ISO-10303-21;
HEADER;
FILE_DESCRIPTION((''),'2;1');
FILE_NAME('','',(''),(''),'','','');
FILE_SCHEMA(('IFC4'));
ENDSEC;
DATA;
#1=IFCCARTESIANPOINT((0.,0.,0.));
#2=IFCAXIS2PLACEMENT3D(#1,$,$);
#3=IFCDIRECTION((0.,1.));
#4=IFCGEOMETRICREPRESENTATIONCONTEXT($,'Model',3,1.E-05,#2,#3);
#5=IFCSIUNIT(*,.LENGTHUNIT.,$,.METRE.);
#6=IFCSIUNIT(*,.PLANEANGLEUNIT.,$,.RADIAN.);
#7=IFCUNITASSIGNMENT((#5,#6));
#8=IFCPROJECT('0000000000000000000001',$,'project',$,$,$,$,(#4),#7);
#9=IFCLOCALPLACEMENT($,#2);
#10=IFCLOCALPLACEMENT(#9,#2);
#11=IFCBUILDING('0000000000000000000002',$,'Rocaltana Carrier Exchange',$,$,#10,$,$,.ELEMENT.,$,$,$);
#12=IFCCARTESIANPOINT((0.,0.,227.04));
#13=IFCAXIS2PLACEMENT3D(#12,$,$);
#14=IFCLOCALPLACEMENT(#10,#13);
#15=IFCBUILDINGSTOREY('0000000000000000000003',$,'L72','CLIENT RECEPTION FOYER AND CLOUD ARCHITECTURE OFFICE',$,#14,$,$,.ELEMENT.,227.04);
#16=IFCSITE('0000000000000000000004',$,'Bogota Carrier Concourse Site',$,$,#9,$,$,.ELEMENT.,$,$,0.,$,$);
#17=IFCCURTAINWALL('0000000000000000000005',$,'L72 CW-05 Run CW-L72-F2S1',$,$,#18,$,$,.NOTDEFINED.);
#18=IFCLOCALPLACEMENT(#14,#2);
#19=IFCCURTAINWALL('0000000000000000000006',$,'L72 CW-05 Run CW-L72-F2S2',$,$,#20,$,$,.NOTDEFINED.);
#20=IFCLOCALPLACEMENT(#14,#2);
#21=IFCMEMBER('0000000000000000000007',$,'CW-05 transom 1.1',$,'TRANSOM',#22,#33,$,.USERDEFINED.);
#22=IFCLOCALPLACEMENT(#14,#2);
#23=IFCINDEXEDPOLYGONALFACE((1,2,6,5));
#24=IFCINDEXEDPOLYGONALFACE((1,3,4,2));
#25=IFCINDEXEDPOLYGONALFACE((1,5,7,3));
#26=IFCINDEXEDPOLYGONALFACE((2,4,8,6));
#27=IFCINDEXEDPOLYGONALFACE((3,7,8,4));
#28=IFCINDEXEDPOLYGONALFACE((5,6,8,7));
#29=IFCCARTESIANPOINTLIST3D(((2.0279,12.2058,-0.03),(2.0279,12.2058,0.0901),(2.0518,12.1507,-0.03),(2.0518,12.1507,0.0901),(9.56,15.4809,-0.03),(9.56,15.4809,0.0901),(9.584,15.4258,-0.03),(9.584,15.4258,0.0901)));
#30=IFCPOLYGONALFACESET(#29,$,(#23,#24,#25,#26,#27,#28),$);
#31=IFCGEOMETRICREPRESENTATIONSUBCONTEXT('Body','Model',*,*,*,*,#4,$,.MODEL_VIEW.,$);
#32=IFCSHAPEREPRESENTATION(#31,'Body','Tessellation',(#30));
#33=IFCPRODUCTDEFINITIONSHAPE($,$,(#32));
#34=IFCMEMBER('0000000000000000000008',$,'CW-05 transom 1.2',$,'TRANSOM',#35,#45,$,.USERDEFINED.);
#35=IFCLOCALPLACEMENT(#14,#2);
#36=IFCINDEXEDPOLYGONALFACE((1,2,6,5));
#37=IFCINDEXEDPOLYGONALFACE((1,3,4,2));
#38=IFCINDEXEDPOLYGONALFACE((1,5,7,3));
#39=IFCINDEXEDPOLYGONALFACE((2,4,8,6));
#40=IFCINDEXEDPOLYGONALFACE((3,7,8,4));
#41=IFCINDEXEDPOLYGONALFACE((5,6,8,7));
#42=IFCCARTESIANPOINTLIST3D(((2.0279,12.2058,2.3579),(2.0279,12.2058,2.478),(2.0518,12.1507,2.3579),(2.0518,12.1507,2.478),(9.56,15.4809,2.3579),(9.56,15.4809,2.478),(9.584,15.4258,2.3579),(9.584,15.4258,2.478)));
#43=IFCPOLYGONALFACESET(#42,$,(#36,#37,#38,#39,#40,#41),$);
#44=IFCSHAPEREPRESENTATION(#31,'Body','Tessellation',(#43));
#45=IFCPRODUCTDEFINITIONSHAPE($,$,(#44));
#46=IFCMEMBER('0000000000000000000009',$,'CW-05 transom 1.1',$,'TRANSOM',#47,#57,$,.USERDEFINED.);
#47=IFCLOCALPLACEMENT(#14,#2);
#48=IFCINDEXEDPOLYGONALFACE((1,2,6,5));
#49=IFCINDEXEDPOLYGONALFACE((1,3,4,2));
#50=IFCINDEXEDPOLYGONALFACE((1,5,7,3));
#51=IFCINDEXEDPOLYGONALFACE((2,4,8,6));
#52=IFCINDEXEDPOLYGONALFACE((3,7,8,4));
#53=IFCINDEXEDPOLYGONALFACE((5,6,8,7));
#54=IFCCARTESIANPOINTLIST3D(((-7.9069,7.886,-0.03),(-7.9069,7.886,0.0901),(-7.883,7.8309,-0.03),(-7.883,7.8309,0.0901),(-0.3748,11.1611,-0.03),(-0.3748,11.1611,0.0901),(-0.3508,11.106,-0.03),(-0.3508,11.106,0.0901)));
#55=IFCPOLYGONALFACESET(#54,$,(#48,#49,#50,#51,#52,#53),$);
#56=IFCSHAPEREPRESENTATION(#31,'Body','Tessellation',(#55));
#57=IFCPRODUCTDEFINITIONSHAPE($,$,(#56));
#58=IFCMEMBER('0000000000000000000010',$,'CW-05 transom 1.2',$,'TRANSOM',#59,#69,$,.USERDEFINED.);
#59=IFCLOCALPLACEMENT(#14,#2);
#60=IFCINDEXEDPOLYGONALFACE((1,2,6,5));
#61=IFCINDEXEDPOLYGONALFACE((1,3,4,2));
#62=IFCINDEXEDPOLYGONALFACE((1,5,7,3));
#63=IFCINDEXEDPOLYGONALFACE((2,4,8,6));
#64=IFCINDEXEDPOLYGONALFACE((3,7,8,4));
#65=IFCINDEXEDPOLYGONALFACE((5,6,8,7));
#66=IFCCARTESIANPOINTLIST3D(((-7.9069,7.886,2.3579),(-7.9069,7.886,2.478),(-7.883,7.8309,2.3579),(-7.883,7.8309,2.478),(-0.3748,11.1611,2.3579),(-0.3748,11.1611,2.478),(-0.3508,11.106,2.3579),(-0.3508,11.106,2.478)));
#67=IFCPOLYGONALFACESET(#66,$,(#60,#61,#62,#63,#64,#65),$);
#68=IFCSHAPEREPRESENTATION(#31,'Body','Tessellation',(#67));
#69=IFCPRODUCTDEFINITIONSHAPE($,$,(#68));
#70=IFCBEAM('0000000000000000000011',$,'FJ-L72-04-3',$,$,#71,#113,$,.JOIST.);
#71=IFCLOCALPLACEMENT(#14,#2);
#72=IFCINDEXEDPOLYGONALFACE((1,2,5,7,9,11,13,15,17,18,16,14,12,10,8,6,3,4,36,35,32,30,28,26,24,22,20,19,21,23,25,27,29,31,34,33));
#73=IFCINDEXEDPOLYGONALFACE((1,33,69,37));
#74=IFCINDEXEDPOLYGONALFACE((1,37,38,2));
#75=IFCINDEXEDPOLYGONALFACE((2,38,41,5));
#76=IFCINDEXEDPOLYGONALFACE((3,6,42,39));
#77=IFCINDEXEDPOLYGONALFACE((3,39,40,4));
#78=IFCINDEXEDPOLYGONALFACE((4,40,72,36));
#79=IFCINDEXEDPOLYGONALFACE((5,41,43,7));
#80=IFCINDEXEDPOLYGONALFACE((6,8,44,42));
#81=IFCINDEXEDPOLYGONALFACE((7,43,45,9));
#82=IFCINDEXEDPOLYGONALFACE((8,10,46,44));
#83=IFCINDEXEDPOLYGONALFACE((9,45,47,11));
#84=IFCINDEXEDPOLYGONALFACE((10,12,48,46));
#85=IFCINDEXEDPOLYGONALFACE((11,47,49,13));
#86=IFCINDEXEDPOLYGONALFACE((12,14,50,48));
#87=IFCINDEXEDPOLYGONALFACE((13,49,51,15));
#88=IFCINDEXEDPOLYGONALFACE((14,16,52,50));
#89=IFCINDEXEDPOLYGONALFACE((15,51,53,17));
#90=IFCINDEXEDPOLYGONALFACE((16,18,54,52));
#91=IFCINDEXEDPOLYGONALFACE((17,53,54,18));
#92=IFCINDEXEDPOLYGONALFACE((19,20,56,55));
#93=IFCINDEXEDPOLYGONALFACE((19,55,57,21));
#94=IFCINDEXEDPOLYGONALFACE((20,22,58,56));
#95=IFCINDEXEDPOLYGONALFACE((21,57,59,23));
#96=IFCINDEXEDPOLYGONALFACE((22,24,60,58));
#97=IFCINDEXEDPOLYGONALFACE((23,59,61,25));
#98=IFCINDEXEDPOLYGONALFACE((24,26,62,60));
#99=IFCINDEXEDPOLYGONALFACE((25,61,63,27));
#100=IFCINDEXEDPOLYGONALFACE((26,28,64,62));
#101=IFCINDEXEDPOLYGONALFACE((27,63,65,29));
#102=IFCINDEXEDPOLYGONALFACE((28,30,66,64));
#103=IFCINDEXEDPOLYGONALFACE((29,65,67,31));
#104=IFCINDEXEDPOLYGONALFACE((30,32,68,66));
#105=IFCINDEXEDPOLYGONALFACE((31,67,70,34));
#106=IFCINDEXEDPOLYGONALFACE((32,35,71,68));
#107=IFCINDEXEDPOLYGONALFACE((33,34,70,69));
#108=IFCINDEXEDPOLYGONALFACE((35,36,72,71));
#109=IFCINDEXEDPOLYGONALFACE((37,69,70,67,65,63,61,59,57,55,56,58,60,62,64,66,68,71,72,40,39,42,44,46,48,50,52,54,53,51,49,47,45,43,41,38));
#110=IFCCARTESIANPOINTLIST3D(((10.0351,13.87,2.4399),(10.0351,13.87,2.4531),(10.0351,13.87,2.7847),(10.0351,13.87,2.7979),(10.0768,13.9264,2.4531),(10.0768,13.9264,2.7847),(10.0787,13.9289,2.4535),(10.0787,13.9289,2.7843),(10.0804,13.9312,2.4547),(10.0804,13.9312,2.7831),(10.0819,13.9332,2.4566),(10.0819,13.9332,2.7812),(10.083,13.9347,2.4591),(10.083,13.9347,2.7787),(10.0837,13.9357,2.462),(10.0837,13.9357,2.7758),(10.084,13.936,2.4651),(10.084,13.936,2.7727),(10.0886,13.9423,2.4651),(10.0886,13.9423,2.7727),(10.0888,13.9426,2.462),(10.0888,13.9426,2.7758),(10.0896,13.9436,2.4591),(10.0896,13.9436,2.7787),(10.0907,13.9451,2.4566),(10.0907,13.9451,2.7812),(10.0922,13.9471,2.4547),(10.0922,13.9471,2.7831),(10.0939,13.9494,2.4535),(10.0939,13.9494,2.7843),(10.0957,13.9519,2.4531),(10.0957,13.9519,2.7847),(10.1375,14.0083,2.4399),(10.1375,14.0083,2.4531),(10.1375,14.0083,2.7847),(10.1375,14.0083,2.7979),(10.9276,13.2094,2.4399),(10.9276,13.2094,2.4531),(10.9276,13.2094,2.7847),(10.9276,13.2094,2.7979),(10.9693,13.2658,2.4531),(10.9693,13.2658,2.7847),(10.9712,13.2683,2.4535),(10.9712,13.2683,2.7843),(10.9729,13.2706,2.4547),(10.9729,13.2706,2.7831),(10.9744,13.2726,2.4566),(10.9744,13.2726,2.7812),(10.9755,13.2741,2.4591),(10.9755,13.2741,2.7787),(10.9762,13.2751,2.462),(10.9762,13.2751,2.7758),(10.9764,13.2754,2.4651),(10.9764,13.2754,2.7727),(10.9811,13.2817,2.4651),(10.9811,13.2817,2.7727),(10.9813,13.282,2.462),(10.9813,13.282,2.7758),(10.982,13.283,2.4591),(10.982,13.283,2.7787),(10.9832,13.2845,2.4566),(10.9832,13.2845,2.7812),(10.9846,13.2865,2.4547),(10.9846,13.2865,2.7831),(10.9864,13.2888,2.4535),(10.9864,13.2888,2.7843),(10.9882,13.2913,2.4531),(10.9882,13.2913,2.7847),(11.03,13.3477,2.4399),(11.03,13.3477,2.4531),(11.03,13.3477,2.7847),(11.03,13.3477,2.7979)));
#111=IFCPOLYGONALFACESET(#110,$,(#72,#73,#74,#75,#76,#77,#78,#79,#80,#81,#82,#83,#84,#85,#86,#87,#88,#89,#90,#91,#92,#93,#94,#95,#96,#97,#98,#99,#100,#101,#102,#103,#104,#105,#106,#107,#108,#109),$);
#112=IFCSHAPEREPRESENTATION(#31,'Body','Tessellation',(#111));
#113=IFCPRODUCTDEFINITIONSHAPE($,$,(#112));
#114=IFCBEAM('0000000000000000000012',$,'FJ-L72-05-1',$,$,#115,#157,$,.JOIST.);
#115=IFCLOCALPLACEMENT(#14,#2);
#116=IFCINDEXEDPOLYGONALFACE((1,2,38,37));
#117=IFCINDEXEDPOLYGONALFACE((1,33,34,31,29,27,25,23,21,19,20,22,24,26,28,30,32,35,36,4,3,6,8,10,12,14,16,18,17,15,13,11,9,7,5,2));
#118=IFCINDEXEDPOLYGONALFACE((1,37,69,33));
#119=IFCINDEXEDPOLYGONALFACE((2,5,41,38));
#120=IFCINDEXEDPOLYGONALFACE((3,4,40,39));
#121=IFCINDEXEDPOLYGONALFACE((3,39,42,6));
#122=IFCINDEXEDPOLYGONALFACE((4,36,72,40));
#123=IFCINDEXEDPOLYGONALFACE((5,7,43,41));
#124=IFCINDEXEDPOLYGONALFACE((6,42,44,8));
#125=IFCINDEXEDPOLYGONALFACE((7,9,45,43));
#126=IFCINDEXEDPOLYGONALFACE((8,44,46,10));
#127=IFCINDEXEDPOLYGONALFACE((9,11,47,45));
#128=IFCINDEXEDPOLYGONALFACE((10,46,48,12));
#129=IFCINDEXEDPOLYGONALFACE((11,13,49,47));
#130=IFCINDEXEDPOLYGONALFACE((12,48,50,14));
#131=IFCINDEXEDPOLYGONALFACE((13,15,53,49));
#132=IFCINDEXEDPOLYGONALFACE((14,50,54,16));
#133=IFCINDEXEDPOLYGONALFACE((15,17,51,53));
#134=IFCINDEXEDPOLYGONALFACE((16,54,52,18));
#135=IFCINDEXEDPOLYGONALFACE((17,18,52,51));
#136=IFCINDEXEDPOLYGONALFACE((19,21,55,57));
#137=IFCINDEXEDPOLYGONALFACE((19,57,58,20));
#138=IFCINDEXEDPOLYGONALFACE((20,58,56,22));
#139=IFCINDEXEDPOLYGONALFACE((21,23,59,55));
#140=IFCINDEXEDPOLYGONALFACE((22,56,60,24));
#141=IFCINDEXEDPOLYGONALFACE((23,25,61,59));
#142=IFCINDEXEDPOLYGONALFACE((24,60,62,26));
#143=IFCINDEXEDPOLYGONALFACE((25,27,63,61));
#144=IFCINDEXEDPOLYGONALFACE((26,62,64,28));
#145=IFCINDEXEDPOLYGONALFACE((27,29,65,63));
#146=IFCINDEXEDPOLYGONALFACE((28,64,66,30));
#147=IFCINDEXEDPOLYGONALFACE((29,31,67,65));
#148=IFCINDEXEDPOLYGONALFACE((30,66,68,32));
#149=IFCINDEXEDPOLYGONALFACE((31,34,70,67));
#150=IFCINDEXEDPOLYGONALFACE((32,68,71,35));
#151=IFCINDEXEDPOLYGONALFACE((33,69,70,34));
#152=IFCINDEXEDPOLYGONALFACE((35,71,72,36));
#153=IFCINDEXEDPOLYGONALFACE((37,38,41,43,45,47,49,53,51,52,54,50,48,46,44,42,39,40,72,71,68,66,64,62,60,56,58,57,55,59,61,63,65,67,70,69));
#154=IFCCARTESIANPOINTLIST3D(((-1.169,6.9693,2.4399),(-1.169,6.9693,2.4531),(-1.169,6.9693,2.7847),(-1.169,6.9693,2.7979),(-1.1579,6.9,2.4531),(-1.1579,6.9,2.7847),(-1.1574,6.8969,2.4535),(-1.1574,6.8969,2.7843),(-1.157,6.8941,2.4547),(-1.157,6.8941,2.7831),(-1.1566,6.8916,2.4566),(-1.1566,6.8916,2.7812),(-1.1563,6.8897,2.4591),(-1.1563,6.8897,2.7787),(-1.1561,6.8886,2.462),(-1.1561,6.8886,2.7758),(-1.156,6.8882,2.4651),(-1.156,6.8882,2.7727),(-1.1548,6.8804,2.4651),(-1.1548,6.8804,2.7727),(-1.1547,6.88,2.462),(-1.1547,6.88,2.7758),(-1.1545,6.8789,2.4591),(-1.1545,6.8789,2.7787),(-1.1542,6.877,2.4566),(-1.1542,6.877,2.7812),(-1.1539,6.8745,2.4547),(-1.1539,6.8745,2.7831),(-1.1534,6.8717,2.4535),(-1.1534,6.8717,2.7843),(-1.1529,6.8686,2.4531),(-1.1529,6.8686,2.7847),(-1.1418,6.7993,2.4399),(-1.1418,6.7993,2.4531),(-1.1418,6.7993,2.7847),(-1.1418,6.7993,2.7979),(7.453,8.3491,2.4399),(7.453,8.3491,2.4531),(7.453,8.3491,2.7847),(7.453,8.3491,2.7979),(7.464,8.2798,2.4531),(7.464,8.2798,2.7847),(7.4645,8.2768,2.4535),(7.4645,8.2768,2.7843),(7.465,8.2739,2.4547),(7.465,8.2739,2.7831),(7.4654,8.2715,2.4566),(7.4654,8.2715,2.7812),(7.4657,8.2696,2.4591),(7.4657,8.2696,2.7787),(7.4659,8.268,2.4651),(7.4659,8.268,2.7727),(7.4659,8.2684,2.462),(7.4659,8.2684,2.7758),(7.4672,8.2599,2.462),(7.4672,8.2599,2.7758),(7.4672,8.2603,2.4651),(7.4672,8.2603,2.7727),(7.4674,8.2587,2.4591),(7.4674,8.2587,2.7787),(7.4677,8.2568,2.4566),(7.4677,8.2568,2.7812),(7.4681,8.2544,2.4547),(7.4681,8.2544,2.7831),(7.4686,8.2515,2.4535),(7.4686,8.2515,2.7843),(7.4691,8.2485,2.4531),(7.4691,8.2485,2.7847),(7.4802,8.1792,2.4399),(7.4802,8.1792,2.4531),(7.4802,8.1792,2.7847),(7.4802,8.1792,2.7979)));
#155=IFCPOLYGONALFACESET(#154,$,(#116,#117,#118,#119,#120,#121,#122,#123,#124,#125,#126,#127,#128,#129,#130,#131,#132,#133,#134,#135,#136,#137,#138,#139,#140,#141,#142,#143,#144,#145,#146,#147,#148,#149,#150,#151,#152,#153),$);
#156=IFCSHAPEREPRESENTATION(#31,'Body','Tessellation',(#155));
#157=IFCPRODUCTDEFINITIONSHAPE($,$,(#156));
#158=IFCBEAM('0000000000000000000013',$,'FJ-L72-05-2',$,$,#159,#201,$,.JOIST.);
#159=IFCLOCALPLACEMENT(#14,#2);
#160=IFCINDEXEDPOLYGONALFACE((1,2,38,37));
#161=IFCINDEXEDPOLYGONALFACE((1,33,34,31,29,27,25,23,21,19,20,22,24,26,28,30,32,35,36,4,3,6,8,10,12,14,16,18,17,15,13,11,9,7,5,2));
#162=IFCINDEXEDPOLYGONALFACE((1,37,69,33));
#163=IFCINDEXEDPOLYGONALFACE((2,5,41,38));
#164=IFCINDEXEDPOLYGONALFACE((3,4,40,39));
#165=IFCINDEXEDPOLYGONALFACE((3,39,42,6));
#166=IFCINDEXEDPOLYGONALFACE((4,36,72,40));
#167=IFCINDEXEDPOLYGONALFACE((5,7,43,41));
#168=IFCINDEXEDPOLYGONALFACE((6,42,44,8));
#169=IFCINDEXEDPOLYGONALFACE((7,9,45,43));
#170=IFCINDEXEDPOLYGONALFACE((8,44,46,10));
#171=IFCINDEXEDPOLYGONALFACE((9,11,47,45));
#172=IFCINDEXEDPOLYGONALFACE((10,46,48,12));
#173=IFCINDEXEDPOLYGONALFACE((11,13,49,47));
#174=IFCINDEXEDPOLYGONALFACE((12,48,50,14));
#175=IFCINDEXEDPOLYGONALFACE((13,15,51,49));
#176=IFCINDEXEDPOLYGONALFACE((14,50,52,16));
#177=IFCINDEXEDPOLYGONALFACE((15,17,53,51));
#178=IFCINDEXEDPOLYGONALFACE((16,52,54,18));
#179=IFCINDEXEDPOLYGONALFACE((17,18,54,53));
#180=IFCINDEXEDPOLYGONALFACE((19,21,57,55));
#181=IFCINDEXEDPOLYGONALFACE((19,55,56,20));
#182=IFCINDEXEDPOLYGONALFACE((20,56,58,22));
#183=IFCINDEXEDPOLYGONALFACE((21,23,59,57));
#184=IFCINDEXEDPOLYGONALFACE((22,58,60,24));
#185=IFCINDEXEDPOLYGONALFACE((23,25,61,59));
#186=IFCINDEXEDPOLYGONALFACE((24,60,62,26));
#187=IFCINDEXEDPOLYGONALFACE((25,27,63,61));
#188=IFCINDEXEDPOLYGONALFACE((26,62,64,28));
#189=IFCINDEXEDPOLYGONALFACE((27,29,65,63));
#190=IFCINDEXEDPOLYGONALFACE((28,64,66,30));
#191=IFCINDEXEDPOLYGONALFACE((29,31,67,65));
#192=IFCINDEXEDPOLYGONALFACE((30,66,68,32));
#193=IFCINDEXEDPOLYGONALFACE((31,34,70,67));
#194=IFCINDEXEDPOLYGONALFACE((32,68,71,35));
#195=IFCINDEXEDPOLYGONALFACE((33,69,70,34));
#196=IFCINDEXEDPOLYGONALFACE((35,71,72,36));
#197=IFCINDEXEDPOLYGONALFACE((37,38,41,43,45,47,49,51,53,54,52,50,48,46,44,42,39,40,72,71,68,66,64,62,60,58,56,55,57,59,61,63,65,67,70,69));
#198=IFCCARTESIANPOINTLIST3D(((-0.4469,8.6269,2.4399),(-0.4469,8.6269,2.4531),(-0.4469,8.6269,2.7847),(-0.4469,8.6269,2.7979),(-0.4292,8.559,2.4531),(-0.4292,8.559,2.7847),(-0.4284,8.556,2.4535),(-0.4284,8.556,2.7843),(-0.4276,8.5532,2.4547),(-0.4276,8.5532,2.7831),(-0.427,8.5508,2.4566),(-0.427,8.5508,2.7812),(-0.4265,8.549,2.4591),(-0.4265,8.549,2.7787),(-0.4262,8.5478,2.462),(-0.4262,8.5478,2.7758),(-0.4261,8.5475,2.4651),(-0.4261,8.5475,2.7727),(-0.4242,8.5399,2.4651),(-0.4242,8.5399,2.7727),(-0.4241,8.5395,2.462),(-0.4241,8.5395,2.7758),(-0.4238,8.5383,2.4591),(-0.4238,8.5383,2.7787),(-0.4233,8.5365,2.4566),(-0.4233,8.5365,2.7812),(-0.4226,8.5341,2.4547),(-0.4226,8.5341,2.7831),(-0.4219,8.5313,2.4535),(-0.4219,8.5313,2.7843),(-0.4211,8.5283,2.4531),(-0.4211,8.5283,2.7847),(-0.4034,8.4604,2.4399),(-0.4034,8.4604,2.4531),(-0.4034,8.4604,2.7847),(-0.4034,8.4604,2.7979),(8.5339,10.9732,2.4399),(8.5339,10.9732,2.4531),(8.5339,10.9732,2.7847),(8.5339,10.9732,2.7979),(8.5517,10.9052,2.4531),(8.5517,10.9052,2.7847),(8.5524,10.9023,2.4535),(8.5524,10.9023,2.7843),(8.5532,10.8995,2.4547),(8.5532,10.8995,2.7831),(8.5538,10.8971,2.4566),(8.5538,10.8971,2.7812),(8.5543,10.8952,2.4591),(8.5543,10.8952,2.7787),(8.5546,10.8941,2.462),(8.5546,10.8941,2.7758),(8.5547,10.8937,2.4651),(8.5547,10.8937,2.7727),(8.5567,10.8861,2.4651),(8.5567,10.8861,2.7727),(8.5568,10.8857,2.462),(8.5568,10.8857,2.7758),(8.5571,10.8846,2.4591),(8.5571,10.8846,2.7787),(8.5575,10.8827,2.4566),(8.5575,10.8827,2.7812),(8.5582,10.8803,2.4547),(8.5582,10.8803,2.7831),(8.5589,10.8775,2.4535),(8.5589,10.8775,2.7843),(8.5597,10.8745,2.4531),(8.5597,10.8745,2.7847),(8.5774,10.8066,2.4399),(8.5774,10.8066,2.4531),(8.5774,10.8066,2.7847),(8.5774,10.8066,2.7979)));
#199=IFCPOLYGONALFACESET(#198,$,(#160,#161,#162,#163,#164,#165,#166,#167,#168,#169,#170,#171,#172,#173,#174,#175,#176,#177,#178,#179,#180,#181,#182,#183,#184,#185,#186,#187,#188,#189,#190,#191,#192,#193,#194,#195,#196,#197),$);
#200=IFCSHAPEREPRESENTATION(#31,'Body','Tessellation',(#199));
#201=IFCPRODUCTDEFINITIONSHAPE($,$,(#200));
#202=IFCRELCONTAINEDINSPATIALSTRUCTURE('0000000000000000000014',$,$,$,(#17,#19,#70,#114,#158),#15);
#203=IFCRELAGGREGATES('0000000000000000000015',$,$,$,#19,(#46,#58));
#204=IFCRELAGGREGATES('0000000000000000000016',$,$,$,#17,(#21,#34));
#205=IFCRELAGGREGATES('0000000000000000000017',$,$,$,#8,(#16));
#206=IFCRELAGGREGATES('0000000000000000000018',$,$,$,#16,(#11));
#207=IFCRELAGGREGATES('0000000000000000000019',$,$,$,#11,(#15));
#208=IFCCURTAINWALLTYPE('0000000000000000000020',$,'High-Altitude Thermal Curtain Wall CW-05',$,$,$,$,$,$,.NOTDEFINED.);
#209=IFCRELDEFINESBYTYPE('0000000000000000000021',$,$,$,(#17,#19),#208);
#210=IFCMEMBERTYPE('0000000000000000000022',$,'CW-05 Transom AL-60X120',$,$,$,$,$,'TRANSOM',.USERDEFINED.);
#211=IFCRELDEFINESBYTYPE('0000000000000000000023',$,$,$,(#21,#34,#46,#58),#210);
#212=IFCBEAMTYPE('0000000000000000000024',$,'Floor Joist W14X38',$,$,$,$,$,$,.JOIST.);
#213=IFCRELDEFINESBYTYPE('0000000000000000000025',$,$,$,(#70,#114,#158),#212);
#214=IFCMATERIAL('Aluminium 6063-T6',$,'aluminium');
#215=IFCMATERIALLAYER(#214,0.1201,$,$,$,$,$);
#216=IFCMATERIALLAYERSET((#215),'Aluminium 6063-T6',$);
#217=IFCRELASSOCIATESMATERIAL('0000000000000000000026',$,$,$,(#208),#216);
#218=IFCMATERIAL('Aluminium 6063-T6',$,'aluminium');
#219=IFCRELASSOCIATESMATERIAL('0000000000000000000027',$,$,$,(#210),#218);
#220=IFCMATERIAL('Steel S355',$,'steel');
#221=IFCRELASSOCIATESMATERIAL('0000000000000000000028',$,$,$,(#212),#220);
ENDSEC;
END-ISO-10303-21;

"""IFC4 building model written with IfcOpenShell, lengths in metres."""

from ifc_helpers import new_model, si_unit, direction, frame, origin, origin_2d, place, context, subcontext, project, spatial, rectangle, i_section, extrude, material, layer, layer_set, material_profile, profile_set, type_object, element, aggregate, save


model = new_model("IFC4")

# Units and contexts
model_context = context("Model", 3, precision=1e-05, world=origin(), true_north=direction((0.0, 1.0)))
body_context = subcontext(model_context, "Body", "Model", "MODEL_VIEW")
ifc_project = project(units=[si_unit("LENGTHUNIT", "METRE"), si_unit("PLANEANGLEUNIT", "RADIAN")], contexts=[model_context])

# Site, building, storey
site_placement = place(None, origin())
site = spatial("IfcSite", under=ifc_project, at=site_placement, Name="Bogota Carrier Concourse Site", CompositionType="ELEMENT", RefElevation=0.0)
building_placement = place(site_placement, origin())
building = spatial("IfcBuilding", under=site, at=building_placement, Name="Rocaltana Carrier Exchange", CompositionType="ELEMENT")
storey_placement = place(building_placement, frame((0.0, 0.0, 227.04)))
storey = spatial("IfcBuildingStorey", under=building, at=storey_placement, Name="L72", Description="CLIENT RECEPTION FOYER AND CLOUD ARCHITECTURE OFFICE", CompositionType="ELEMENT", Elevation=227.04)

# Shared definitions
ifc_material_1 = material(Name="Aluminium 6063-T6", Category="aluminium")
ifc_layer_1 = layer(ifc_material_1, 0.1201)
ifc_layer_set_1 = layer_set([ifc_layer_1], Name="Aluminium 6063-T6")
curtain_wall_type = type_object("IfcCurtainWallType", Name="High-Altitude Thermal Curtain Wall CW-05", PredefinedType="NOTDEFINED", material=ifc_layer_set_1)

# Curtain wall
curtain_wall_1_placement = place(storey_placement, origin())
curtain_wall_1 = element("IfcCurtainWall", 1, at=curtain_wall_1_placement, inside=storey, type_object=curtain_wall_type, Name="L72 CW-05 Run CW-L72-F2S1", PredefinedType="NOTDEFINED")

# Curtain wall
curtain_wall_2_placement = place(storey_placement, origin())
curtain_wall_2 = element("IfcCurtainWall", 2, at=curtain_wall_2_placement, inside=storey, type_object=curtain_wall_type, Name="L72 CW-05 Run CW-L72-F2S2", PredefinedType="NOTDEFINED")

# Members
ifc_material_2 = material(Name="Aluminium 6063-T6", Category="aluminium")
ifc_material_profile_1 = material_profile(ifc_material_2, rectangle(XDim=0.0601, YDim=0.1201, at=origin_2d()), Name="AL-60X120")
ifc_profile_set_1 = profile_set([ifc_material_profile_1], Name="Aluminium 6063-T6")
member_type_1 = type_object("IfcMemberType", Name="CW-05 Transom AL-60X120", ElementType="TRANSOM", PredefinedType="USERDEFINED", material=ifc_profile_set_1)
member_1_placement = place(storey_placement, frame((9.572, 15.4534, 0.03), z_axis=(-0.917058, -0.398753, 0.0), x_axis=(0.398753, -0.917058, 0.0)))
member_1 = element("IfcMember", 3, at=member_1_placement, type_object=member_type_1, Name="CW-05 transom 1.1", ObjectType="TRANSOM", PredefinedType="USERDEFINED", context=body_context, shape_type="SweptSolid", body=[
    extrude(rectangle(XDim=0.0601, YDim=0.1201, at=origin_2d()), origin(), (0.0, 0.0, 1.0), 8.2134),
])
member_2_placement = place(storey_placement, frame((9.572, 15.4534, 2.418), z_axis=(-0.917058, -0.398753, 0.0), x_axis=(0.398753, -0.917058, 0.0)))
member_2 = element("IfcMember", 4, at=member_2_placement, type_object=member_type_1, Name="CW-05 transom 1.2", ObjectType="TRANSOM", PredefinedType="USERDEFINED", context=body_context, shape_type="SweptSolid", body=[
    extrude(rectangle(XDim=0.0601, YDim=0.1201, at=origin_2d()), origin(), (0.0, 0.0, 1.0), 8.2134),
])
member_3_placement = place(storey_placement, frame((-0.3628, 11.1335, 0.03), z_axis=(-0.917058, -0.398753, 0.0), x_axis=(0.398753, -0.917058, 0.0)))
member_3 = element("IfcMember", 5, at=member_3_placement, type_object=member_type_1, Name="CW-05 transom 1.1", ObjectType="TRANSOM", PredefinedType="USERDEFINED", context=body_context, shape_type="SweptSolid", body=[
    extrude(rectangle(XDim=0.0601, YDim=0.1201, at=origin_2d()), origin(), (0.0, 0.0, 1.0), 8.2134),
])
member_4_placement = place(storey_placement, frame((-0.3628, 11.1335, 2.418), z_axis=(-0.917058, -0.398753, 0.0), x_axis=(0.398753, -0.917058, 0.0)))
member_4 = element("IfcMember", 6, at=member_4_placement, type_object=member_type_1, Name="CW-05 transom 1.2", ObjectType="TRANSOM", PredefinedType="USERDEFINED", context=body_context, shape_type="SweptSolid", body=[
    extrude(rectangle(XDim=0.0601, YDim=0.1201, at=origin_2d()), origin(), (0.0, 0.0, 1.0), 8.2134),
])
aggregate(curtain_wall_2, [member_3, member_4])

# Beams
ifc_material_3 = material(Name="Steel S355", Category="steel")
ifc_material_profile_2 = material_profile(ifc_material_3, i_section(OverallWidth=0.1721, OverallDepth=0.3579, WebThickness=0.0078, FlangeThickness=0.0132, FilletRadius=0.012, at=origin_2d()), Name="W14X38")
ifc_profile_set_2 = profile_set([ifc_material_profile_2], Name="Steel S355")
beam_type_1 = type_object("IfcBeamType", Name="Floor Joist W14X38", PredefinedType="JOIST", material=ifc_profile_set_2)
beam_1_placement = place(storey_placement, frame((10.9788, 13.2786, 2.6189), z_axis=(-0.803783, 0.594923, 0.0), x_axis=(-0.594923, -0.803783, 0.0)))
element("IfcBeam", 7, at=beam_1_placement, inside=storey, type_object=beam_type_1, Name="FJ-L72-04-3", PredefinedType="JOIST", context=body_context, shape_type="SweptSolid", body=[
    extrude(i_section(OverallWidth=0.1721, OverallDepth=0.3579, WebThickness=0.0078, FlangeThickness=0.0132, FilletRadius=0.012, at=origin_2d()), origin(), (0.0, 0.0, 1.0), 1.1104),
])
beam_2_placement = place(storey_placement, frame((7.4666, 8.2642, 2.6189), z_axis=(-0.987434, -0.15803, 0.0), x_axis=(0.15803, -0.987434, 0.0)))
element("IfcBeam", 8, at=beam_2_placement, inside=storey, type_object=beam_type_1, Name="FJ-L72-05-1", PredefinedType="JOIST", context=body_context, shape_type="SweptSolid", body=[
    extrude(i_section(OverallWidth=0.1721, OverallDepth=0.3579, WebThickness=0.0078, FlangeThickness=0.0132, FilletRadius=0.012, at=origin_2d()), origin(), (0.0, 0.0, 1.0), 8.7317),
])
beam_3_placement = place(storey_placement, frame((8.5557, 10.8899, 2.6189), z_axis=(-0.967528, -0.252765, 0.0), x_axis=(0.252765, -0.967528, 0.0)))
element("IfcBeam", 9, at=beam_3_placement, inside=storey, type_object=beam_type_1, Name="FJ-L72-05-2", PredefinedType="JOIST", context=body_context, shape_type="SweptSolid", body=[
    extrude(i_section(OverallWidth=0.1721, OverallDepth=0.3579, WebThickness=0.0078, FlangeThickness=0.0132, FilletRadius=0.012, at=origin_2d()), origin(), (0.0, 0.0, 1.0), 9.2822),
])

aggregate(curtain_wall_1, [member_1, member_2])

save(model, "model.ifc")
